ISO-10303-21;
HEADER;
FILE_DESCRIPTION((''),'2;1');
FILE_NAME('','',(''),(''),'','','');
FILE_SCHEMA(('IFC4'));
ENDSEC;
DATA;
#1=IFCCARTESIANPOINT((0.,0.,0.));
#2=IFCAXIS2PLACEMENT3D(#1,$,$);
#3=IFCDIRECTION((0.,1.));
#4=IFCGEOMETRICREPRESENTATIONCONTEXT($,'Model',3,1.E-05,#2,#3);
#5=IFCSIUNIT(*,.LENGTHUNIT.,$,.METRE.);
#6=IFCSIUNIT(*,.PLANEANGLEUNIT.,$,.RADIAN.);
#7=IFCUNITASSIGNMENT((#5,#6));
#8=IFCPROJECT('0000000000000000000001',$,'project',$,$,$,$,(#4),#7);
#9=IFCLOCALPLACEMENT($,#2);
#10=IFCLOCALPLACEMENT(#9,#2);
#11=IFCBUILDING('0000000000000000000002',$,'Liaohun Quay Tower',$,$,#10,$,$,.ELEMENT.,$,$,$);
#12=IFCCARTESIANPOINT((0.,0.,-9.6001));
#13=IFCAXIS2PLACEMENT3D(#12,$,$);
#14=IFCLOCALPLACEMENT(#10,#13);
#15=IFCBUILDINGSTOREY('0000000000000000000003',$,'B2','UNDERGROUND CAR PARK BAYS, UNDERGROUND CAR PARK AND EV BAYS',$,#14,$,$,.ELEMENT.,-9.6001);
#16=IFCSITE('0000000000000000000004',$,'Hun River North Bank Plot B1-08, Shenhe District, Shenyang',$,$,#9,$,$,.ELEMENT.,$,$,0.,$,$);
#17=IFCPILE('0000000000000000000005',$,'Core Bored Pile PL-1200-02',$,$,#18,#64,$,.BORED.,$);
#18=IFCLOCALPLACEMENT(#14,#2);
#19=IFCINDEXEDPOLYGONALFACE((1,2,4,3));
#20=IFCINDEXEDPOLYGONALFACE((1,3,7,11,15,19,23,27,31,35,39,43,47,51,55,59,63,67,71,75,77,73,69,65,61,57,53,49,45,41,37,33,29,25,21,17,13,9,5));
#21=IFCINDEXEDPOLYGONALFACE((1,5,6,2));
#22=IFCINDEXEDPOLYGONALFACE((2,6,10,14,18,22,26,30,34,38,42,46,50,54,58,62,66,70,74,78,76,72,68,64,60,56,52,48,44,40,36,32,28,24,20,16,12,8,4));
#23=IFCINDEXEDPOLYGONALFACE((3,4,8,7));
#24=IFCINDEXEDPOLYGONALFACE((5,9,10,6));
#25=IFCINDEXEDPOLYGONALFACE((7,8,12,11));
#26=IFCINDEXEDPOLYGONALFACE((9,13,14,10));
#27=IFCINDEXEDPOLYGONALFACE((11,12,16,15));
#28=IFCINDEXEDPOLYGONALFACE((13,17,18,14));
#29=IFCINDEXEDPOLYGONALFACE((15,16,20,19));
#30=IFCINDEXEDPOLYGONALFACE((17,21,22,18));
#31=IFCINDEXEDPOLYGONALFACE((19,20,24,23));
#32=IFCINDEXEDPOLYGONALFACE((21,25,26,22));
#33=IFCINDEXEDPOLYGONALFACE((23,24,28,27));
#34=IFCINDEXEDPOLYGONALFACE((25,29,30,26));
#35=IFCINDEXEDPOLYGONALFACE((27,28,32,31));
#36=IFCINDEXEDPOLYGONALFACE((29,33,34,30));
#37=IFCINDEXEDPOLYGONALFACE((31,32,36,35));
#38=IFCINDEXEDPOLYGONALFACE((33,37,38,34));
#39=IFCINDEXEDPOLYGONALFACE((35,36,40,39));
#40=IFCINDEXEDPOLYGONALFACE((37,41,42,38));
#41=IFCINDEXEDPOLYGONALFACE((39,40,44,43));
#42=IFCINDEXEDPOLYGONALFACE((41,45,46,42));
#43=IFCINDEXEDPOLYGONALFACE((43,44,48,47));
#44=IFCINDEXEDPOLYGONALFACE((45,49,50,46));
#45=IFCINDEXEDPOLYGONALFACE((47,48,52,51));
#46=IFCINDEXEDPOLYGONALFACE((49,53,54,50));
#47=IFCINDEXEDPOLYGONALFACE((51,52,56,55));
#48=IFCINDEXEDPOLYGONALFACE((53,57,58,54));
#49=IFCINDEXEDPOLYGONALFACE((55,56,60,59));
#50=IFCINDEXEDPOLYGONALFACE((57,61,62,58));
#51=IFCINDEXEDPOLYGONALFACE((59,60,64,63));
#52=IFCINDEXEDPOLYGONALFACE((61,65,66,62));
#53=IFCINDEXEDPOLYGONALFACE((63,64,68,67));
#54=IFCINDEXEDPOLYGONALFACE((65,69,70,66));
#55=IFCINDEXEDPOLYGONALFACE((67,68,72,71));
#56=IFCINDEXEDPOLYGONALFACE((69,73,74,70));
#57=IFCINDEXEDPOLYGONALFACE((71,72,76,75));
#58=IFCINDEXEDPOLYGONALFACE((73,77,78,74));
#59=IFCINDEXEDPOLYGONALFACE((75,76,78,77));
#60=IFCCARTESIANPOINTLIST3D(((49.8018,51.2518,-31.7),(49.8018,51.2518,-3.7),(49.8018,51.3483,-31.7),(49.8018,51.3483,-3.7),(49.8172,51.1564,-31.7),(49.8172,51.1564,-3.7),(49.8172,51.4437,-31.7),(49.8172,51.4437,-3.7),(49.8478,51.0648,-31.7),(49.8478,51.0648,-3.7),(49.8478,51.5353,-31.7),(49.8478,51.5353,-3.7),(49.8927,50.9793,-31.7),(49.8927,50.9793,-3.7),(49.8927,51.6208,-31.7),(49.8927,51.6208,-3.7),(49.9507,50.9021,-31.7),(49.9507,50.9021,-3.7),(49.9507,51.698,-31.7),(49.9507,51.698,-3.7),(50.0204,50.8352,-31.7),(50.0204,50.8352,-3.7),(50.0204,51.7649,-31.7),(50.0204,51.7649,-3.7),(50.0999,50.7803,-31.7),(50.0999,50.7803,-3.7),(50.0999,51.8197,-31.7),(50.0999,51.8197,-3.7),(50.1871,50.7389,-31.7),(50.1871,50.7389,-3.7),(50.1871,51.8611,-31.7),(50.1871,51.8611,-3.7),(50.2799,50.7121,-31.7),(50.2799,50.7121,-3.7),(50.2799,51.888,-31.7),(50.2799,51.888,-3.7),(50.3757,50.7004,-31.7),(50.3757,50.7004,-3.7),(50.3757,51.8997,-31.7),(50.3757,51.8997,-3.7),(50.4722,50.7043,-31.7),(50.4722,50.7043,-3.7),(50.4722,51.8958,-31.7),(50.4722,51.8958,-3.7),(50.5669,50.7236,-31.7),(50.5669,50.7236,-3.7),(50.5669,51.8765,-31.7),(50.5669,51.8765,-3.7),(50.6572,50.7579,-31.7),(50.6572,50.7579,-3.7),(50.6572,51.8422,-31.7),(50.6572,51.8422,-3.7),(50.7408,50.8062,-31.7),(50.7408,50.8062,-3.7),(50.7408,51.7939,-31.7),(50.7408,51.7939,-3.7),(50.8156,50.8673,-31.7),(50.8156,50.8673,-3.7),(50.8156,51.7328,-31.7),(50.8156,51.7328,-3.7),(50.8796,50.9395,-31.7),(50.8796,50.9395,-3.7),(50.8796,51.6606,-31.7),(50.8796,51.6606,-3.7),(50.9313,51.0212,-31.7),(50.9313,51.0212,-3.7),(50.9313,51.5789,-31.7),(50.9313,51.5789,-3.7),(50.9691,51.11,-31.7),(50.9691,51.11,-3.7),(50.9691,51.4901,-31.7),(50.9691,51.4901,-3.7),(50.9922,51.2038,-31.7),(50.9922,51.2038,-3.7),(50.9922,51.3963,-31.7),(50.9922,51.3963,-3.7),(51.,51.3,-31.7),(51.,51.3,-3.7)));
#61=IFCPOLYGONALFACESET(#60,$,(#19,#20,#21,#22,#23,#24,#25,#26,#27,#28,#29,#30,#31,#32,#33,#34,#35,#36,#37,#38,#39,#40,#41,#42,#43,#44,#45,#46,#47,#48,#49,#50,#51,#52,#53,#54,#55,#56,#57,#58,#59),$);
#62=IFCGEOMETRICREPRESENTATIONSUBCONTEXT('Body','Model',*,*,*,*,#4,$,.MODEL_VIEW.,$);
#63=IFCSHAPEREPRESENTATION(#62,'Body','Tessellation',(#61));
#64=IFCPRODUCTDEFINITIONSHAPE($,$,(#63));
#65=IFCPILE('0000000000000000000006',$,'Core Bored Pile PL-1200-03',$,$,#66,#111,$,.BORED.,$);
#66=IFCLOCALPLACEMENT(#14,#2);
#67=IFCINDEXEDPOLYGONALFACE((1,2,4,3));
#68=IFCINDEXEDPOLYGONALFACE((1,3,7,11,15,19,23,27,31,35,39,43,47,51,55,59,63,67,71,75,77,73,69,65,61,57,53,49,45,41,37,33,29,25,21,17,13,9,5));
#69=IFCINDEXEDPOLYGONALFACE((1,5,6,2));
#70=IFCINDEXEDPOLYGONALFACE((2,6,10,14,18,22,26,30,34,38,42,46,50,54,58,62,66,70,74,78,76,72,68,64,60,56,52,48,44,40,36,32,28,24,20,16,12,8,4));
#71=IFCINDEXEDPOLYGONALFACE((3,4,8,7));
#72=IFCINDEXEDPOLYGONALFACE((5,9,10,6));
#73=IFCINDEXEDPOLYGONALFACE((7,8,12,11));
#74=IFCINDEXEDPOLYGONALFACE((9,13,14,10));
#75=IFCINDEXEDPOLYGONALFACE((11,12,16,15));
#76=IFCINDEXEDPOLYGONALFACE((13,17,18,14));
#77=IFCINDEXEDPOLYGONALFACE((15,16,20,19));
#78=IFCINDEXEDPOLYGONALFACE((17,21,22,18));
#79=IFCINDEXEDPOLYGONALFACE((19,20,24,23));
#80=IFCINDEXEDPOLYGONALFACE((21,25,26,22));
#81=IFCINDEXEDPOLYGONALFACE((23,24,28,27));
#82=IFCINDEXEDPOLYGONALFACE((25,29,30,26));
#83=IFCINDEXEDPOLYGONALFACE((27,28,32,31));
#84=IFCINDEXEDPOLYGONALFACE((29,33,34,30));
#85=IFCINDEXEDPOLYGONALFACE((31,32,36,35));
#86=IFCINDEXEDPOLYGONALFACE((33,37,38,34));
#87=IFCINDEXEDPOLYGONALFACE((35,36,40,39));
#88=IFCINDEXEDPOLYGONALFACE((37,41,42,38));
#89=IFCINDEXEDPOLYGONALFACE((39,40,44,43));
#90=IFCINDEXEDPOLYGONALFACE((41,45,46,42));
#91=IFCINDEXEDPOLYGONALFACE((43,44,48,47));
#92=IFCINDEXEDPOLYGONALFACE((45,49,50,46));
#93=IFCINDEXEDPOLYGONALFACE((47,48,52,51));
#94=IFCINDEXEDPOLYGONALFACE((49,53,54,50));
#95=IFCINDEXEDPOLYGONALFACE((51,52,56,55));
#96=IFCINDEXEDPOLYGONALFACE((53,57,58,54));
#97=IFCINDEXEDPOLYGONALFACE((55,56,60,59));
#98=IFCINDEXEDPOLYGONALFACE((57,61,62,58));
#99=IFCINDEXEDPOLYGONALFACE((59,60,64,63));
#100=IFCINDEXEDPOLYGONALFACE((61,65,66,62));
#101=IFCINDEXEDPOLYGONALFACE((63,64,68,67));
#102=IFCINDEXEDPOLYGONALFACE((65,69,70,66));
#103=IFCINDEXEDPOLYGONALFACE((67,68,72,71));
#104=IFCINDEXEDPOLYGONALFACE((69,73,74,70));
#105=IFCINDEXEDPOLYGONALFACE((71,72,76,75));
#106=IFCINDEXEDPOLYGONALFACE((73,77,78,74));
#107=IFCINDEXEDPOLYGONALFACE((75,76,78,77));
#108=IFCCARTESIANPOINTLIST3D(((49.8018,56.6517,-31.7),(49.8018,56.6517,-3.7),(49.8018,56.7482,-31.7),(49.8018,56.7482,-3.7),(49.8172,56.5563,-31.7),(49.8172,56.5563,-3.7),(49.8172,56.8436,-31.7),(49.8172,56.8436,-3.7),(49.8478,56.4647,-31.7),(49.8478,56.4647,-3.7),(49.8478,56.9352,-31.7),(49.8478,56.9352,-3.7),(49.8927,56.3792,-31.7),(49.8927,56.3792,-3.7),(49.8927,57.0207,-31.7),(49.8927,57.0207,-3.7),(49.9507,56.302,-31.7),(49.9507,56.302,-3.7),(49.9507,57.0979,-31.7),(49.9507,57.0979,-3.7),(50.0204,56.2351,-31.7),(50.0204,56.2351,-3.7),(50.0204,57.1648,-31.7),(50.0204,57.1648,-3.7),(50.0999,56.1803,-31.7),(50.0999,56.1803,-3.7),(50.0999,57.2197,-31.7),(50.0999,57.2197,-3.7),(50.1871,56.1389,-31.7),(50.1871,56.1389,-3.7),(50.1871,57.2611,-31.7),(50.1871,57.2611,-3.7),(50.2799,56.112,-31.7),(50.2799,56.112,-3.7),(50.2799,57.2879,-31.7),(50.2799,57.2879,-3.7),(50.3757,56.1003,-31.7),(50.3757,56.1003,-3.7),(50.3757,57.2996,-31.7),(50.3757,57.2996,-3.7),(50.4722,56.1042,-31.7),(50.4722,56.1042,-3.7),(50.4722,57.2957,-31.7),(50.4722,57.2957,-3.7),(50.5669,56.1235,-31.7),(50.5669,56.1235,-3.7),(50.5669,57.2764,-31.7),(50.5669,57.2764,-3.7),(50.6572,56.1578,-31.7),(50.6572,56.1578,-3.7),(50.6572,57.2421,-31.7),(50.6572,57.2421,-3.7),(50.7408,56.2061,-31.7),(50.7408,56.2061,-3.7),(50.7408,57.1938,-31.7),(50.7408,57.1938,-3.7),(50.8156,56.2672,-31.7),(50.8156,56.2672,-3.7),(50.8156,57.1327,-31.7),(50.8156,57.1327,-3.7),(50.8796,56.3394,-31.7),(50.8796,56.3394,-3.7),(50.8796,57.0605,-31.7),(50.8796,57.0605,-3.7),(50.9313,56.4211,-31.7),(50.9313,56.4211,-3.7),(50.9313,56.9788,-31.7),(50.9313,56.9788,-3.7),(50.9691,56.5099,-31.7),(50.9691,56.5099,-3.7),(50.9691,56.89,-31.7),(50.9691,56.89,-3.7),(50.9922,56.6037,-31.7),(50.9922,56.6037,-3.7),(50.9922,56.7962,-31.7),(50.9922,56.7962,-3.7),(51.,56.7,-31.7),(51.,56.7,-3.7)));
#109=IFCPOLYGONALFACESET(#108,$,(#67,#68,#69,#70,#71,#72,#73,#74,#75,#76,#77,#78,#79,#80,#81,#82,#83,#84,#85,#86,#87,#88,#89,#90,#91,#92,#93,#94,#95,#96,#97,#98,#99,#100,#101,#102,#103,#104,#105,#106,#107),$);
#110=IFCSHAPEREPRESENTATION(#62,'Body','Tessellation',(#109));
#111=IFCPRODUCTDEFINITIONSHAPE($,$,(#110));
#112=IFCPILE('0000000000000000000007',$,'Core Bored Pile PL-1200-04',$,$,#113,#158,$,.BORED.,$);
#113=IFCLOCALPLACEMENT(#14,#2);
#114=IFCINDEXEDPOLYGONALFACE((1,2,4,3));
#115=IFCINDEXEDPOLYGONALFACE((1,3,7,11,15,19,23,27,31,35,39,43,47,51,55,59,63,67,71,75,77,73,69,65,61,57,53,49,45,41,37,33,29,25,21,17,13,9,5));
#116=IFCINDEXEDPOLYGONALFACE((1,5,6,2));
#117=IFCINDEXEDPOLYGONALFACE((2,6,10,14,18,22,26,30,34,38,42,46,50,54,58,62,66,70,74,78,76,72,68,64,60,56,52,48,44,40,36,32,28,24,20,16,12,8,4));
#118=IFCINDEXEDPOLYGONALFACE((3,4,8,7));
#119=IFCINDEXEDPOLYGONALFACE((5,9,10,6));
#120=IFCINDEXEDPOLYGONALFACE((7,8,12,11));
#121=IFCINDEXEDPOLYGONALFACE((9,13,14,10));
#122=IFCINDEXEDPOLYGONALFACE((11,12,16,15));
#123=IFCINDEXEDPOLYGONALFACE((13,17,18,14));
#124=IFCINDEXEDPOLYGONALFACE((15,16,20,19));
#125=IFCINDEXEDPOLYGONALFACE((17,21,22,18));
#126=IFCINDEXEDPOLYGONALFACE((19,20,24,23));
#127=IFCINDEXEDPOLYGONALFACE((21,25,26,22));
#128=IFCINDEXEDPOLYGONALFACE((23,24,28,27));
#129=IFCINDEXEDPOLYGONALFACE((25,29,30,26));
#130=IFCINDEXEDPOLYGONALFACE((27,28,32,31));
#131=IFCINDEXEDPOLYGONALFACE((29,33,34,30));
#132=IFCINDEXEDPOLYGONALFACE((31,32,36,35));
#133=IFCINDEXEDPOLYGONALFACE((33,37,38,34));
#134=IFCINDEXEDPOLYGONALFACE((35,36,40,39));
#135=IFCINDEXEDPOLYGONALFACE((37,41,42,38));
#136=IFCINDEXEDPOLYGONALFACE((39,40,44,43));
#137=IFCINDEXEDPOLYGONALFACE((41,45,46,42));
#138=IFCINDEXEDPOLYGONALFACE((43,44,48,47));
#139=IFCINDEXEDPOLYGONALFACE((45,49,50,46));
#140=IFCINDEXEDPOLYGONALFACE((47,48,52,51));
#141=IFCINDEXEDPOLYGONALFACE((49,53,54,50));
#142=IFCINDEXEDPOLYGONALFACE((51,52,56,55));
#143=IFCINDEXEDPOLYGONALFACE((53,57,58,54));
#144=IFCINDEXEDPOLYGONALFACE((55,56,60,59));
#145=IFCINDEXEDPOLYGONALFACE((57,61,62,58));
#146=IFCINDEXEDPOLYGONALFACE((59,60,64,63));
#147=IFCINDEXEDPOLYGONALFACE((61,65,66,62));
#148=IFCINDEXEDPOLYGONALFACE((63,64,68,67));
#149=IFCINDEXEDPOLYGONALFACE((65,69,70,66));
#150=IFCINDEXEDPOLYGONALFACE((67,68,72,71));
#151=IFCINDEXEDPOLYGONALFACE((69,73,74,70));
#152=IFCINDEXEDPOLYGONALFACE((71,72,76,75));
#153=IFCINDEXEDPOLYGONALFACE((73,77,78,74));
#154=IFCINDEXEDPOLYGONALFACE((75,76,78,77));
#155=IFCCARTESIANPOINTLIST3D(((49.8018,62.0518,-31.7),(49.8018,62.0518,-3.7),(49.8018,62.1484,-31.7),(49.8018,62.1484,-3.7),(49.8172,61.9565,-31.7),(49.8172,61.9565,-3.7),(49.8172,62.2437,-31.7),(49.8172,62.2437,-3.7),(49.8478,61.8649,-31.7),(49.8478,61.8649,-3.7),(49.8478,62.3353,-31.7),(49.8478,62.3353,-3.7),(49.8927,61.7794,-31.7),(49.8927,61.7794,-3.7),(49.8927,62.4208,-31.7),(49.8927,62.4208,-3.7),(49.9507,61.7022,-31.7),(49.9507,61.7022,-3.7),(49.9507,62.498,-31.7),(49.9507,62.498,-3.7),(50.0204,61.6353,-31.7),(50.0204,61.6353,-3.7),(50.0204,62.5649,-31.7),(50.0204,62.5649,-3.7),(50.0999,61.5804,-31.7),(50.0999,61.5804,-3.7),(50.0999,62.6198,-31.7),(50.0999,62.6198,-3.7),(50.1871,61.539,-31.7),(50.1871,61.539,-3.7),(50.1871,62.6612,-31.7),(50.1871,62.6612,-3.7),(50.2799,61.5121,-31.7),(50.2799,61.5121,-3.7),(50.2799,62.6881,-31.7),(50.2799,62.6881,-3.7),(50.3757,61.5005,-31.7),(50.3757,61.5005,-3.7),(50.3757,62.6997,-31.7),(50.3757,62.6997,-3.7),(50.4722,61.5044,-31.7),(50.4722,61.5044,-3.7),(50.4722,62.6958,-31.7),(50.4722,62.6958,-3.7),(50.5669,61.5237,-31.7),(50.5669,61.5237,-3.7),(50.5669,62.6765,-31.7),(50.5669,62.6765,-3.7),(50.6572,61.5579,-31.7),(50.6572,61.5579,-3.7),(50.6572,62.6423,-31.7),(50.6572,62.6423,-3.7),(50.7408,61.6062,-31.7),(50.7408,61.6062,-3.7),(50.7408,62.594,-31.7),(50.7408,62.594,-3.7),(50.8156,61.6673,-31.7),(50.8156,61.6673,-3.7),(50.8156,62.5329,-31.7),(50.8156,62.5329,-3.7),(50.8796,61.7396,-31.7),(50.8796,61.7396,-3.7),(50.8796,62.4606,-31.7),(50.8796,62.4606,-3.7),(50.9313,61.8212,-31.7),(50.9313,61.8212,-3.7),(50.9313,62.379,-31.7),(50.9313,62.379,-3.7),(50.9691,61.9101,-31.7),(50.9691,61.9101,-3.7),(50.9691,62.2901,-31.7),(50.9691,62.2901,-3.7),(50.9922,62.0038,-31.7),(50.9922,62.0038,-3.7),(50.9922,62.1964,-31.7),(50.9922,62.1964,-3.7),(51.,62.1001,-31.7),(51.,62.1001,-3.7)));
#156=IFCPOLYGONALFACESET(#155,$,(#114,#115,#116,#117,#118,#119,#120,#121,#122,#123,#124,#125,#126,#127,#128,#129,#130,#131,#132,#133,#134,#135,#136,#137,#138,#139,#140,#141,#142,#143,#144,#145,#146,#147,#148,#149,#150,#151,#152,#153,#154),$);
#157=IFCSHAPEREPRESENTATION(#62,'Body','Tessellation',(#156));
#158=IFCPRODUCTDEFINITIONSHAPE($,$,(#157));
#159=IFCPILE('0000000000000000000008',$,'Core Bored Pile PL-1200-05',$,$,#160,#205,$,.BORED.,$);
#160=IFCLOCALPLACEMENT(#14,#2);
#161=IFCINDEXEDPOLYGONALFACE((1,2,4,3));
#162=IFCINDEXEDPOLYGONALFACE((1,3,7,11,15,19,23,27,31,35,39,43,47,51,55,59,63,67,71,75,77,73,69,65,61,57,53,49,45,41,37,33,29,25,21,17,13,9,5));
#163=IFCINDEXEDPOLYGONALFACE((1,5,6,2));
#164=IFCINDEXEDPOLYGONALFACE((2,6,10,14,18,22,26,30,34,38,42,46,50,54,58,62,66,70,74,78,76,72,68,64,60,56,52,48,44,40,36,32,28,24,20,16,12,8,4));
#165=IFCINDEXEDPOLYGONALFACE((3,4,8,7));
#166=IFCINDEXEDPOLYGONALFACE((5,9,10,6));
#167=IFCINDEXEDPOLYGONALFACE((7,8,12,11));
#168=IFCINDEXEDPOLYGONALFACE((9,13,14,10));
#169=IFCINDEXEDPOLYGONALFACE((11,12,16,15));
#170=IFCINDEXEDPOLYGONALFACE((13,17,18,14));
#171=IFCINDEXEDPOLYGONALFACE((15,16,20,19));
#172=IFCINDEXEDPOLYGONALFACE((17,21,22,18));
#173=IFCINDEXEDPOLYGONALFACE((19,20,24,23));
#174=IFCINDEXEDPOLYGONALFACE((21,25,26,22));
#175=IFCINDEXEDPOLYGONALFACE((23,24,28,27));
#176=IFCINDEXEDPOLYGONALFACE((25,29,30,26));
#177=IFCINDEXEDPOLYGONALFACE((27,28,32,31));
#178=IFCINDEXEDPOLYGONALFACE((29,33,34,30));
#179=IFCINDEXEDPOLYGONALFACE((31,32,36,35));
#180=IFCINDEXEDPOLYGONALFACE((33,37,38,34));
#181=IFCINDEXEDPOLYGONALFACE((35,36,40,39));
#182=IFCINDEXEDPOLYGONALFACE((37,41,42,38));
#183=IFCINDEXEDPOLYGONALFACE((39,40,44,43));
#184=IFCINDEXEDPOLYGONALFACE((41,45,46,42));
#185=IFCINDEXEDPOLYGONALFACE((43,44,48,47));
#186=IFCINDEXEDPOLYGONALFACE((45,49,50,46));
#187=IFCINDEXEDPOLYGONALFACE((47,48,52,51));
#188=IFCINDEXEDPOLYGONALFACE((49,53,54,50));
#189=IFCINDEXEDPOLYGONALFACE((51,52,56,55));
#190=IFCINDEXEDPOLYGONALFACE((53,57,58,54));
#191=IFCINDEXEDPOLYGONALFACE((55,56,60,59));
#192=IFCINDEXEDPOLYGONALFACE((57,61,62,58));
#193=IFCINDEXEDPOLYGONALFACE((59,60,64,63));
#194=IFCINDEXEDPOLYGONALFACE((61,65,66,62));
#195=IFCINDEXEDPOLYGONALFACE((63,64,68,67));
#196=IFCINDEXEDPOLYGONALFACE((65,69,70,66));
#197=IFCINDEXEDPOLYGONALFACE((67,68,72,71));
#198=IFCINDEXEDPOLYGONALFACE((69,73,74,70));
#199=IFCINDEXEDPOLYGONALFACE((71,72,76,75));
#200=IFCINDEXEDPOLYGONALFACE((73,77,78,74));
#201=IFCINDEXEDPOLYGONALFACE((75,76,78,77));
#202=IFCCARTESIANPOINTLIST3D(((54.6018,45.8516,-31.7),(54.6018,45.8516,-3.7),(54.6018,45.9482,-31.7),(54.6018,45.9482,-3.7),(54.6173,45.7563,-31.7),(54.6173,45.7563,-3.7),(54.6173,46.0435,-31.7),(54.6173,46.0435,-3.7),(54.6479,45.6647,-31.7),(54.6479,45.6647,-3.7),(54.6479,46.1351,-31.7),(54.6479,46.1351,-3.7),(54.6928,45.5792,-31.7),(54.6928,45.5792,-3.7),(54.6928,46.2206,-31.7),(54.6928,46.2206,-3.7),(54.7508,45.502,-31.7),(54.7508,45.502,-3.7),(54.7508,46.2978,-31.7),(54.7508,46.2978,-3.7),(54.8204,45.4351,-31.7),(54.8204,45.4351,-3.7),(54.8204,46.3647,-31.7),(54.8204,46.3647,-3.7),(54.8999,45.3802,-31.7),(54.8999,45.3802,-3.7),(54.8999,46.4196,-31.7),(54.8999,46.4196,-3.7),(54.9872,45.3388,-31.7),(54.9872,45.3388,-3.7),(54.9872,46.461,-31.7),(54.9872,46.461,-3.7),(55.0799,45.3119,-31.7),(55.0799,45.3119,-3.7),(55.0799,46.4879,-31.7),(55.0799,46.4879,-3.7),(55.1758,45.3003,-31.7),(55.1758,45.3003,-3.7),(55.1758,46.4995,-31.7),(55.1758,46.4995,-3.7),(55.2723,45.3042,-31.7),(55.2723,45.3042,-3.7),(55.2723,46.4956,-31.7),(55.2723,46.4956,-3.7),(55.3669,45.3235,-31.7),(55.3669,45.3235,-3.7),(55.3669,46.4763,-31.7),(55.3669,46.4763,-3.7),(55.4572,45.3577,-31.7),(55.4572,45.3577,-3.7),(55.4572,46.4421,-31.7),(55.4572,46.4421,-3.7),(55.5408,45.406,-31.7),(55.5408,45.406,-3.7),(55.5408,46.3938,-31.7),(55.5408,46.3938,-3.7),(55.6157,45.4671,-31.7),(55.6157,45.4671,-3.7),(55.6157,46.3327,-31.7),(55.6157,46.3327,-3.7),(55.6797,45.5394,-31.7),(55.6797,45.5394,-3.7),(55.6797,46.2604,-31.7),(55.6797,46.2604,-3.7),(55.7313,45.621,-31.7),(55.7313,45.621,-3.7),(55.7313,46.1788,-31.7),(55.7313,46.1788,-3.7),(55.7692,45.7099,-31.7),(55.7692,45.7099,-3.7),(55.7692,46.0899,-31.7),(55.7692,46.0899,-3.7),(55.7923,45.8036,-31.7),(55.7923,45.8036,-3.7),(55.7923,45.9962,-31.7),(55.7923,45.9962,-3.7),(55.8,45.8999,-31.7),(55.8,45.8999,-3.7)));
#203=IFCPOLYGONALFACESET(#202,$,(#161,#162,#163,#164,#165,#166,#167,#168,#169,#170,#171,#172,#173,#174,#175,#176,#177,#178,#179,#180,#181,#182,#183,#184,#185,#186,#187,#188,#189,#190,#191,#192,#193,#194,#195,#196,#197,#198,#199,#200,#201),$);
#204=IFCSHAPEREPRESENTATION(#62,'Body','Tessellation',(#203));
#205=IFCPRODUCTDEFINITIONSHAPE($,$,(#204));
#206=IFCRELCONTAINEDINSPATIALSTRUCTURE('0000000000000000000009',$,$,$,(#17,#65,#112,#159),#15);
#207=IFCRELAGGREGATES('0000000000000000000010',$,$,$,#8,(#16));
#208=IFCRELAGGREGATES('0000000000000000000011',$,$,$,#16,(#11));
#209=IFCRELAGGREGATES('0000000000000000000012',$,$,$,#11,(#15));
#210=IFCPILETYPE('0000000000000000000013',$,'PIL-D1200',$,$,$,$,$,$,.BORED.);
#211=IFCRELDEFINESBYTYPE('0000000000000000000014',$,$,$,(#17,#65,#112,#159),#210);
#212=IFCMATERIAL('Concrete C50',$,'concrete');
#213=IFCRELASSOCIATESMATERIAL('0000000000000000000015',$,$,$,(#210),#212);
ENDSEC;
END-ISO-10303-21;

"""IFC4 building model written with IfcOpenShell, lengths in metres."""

from ifc_helpers import new_model, si_unit, direction, frame, origin, origin_2d, place, context, subcontext, project, spatial, circle, extrude, source, transform, mapped, material, material_profile, profile_set, type_object, element, save


model = new_model("IFC4")

# Units and contexts
model_context = context("Model", 3, precision=1e-05, world=origin(), true_north=direction((0.0, 1.0)))
body_context = subcontext(model_context, "Body", "Model", "MODEL_VIEW")
ifc_project = project(units=[si_unit("LENGTHUNIT", "METRE"), si_unit("PLANEANGLEUNIT", "RADIAN")], contexts=[model_context])

# Site, building, storey
site_placement = place(None, origin())
site = spatial("IfcSite", under=ifc_project, at=site_placement, Name="Hun River North Bank Plot B1-08, Shenhe District, Shenyang", CompositionType="ELEMENT", RefElevation=0.0)
building_placement = place(site_placement, origin())
building = spatial("IfcBuilding", under=site, at=building_placement, Name="Liaohun Quay Tower", CompositionType="ELEMENT")
storey_placement = place(building_placement, frame((0.0, 0.0, -9.6001)))
storey = spatial("IfcBuildingStorey", under=building, at=storey_placement, Name="B2", Description="UNDERGROUND CAR PARK BAYS, UNDERGROUND CAR PARK AND EV BAYS", CompositionType="ELEMENT", Elevation=-9.6001)

# Piles
ifc_material_1 = material(Name="Concrete C50", Category="concrete")
ifc_material_profile_1 = material_profile(ifc_material_1, circle(Radius=0.6001, at=origin_2d()), Name="PILE-D1200")
ifc_profile_set_1 = profile_set([ifc_material_profile_1], Name="Concrete C50")
pile_type = type_object("IfcPileType", Name="PIL-D1200", PredefinedType="BORED", material=ifc_profile_set_1)
shared_shape_1 = source(origin(), body_context, "Body", "SweptSolid", [
    extrude(circle(Radius=0.6001, at=origin_2d()), origin(), (0.0, 0.0, 1.0), 28.0),
])
for number, where, z_axis, x_axis, name in (
    (1, (50.3999, 51.3, -3.7), (0.0, 0.0, -1.0), (1.0, 0.0, 0.0), "Core Bored Pile PL-1200-02"),
    (2, (50.3999, 56.7, -3.7), (0.0, 0.0, -1.0), (1.0, 0.0, 0.0), "Core Bored Pile PL-1200-03"),
    (3, (50.3999, 62.1001, -3.7), (0.0, 0.0, -1.0), (1.0, 0.0, 0.0), "Core Bored Pile PL-1200-04"),
    (4, (55.2, 45.8999, -3.7), (0.0, 0.0, -1.0), (1.0, 0.0, 0.0), "Core Bored Pile PL-1200-05"),
):
    element("IfcPile", number, at=place(storey_placement, frame(where, z_axis=z_axis, x_axis=x_axis)), inside=storey, type_object=pile_type, Name=name, PredefinedType="BORED", context=body_context, shape_type="MappedRepresentation", body=[
        mapped(shared_shape_1, transform((0.0, 0.0, 0.0), x_axis=(1.0, 0.0, 0.0), y_axis=(0.0, 1.0, 0.0), z_axis=(0.0, 0.0, 1.0), scale=1.0)),
    ])

save(model, "model.ifc")
